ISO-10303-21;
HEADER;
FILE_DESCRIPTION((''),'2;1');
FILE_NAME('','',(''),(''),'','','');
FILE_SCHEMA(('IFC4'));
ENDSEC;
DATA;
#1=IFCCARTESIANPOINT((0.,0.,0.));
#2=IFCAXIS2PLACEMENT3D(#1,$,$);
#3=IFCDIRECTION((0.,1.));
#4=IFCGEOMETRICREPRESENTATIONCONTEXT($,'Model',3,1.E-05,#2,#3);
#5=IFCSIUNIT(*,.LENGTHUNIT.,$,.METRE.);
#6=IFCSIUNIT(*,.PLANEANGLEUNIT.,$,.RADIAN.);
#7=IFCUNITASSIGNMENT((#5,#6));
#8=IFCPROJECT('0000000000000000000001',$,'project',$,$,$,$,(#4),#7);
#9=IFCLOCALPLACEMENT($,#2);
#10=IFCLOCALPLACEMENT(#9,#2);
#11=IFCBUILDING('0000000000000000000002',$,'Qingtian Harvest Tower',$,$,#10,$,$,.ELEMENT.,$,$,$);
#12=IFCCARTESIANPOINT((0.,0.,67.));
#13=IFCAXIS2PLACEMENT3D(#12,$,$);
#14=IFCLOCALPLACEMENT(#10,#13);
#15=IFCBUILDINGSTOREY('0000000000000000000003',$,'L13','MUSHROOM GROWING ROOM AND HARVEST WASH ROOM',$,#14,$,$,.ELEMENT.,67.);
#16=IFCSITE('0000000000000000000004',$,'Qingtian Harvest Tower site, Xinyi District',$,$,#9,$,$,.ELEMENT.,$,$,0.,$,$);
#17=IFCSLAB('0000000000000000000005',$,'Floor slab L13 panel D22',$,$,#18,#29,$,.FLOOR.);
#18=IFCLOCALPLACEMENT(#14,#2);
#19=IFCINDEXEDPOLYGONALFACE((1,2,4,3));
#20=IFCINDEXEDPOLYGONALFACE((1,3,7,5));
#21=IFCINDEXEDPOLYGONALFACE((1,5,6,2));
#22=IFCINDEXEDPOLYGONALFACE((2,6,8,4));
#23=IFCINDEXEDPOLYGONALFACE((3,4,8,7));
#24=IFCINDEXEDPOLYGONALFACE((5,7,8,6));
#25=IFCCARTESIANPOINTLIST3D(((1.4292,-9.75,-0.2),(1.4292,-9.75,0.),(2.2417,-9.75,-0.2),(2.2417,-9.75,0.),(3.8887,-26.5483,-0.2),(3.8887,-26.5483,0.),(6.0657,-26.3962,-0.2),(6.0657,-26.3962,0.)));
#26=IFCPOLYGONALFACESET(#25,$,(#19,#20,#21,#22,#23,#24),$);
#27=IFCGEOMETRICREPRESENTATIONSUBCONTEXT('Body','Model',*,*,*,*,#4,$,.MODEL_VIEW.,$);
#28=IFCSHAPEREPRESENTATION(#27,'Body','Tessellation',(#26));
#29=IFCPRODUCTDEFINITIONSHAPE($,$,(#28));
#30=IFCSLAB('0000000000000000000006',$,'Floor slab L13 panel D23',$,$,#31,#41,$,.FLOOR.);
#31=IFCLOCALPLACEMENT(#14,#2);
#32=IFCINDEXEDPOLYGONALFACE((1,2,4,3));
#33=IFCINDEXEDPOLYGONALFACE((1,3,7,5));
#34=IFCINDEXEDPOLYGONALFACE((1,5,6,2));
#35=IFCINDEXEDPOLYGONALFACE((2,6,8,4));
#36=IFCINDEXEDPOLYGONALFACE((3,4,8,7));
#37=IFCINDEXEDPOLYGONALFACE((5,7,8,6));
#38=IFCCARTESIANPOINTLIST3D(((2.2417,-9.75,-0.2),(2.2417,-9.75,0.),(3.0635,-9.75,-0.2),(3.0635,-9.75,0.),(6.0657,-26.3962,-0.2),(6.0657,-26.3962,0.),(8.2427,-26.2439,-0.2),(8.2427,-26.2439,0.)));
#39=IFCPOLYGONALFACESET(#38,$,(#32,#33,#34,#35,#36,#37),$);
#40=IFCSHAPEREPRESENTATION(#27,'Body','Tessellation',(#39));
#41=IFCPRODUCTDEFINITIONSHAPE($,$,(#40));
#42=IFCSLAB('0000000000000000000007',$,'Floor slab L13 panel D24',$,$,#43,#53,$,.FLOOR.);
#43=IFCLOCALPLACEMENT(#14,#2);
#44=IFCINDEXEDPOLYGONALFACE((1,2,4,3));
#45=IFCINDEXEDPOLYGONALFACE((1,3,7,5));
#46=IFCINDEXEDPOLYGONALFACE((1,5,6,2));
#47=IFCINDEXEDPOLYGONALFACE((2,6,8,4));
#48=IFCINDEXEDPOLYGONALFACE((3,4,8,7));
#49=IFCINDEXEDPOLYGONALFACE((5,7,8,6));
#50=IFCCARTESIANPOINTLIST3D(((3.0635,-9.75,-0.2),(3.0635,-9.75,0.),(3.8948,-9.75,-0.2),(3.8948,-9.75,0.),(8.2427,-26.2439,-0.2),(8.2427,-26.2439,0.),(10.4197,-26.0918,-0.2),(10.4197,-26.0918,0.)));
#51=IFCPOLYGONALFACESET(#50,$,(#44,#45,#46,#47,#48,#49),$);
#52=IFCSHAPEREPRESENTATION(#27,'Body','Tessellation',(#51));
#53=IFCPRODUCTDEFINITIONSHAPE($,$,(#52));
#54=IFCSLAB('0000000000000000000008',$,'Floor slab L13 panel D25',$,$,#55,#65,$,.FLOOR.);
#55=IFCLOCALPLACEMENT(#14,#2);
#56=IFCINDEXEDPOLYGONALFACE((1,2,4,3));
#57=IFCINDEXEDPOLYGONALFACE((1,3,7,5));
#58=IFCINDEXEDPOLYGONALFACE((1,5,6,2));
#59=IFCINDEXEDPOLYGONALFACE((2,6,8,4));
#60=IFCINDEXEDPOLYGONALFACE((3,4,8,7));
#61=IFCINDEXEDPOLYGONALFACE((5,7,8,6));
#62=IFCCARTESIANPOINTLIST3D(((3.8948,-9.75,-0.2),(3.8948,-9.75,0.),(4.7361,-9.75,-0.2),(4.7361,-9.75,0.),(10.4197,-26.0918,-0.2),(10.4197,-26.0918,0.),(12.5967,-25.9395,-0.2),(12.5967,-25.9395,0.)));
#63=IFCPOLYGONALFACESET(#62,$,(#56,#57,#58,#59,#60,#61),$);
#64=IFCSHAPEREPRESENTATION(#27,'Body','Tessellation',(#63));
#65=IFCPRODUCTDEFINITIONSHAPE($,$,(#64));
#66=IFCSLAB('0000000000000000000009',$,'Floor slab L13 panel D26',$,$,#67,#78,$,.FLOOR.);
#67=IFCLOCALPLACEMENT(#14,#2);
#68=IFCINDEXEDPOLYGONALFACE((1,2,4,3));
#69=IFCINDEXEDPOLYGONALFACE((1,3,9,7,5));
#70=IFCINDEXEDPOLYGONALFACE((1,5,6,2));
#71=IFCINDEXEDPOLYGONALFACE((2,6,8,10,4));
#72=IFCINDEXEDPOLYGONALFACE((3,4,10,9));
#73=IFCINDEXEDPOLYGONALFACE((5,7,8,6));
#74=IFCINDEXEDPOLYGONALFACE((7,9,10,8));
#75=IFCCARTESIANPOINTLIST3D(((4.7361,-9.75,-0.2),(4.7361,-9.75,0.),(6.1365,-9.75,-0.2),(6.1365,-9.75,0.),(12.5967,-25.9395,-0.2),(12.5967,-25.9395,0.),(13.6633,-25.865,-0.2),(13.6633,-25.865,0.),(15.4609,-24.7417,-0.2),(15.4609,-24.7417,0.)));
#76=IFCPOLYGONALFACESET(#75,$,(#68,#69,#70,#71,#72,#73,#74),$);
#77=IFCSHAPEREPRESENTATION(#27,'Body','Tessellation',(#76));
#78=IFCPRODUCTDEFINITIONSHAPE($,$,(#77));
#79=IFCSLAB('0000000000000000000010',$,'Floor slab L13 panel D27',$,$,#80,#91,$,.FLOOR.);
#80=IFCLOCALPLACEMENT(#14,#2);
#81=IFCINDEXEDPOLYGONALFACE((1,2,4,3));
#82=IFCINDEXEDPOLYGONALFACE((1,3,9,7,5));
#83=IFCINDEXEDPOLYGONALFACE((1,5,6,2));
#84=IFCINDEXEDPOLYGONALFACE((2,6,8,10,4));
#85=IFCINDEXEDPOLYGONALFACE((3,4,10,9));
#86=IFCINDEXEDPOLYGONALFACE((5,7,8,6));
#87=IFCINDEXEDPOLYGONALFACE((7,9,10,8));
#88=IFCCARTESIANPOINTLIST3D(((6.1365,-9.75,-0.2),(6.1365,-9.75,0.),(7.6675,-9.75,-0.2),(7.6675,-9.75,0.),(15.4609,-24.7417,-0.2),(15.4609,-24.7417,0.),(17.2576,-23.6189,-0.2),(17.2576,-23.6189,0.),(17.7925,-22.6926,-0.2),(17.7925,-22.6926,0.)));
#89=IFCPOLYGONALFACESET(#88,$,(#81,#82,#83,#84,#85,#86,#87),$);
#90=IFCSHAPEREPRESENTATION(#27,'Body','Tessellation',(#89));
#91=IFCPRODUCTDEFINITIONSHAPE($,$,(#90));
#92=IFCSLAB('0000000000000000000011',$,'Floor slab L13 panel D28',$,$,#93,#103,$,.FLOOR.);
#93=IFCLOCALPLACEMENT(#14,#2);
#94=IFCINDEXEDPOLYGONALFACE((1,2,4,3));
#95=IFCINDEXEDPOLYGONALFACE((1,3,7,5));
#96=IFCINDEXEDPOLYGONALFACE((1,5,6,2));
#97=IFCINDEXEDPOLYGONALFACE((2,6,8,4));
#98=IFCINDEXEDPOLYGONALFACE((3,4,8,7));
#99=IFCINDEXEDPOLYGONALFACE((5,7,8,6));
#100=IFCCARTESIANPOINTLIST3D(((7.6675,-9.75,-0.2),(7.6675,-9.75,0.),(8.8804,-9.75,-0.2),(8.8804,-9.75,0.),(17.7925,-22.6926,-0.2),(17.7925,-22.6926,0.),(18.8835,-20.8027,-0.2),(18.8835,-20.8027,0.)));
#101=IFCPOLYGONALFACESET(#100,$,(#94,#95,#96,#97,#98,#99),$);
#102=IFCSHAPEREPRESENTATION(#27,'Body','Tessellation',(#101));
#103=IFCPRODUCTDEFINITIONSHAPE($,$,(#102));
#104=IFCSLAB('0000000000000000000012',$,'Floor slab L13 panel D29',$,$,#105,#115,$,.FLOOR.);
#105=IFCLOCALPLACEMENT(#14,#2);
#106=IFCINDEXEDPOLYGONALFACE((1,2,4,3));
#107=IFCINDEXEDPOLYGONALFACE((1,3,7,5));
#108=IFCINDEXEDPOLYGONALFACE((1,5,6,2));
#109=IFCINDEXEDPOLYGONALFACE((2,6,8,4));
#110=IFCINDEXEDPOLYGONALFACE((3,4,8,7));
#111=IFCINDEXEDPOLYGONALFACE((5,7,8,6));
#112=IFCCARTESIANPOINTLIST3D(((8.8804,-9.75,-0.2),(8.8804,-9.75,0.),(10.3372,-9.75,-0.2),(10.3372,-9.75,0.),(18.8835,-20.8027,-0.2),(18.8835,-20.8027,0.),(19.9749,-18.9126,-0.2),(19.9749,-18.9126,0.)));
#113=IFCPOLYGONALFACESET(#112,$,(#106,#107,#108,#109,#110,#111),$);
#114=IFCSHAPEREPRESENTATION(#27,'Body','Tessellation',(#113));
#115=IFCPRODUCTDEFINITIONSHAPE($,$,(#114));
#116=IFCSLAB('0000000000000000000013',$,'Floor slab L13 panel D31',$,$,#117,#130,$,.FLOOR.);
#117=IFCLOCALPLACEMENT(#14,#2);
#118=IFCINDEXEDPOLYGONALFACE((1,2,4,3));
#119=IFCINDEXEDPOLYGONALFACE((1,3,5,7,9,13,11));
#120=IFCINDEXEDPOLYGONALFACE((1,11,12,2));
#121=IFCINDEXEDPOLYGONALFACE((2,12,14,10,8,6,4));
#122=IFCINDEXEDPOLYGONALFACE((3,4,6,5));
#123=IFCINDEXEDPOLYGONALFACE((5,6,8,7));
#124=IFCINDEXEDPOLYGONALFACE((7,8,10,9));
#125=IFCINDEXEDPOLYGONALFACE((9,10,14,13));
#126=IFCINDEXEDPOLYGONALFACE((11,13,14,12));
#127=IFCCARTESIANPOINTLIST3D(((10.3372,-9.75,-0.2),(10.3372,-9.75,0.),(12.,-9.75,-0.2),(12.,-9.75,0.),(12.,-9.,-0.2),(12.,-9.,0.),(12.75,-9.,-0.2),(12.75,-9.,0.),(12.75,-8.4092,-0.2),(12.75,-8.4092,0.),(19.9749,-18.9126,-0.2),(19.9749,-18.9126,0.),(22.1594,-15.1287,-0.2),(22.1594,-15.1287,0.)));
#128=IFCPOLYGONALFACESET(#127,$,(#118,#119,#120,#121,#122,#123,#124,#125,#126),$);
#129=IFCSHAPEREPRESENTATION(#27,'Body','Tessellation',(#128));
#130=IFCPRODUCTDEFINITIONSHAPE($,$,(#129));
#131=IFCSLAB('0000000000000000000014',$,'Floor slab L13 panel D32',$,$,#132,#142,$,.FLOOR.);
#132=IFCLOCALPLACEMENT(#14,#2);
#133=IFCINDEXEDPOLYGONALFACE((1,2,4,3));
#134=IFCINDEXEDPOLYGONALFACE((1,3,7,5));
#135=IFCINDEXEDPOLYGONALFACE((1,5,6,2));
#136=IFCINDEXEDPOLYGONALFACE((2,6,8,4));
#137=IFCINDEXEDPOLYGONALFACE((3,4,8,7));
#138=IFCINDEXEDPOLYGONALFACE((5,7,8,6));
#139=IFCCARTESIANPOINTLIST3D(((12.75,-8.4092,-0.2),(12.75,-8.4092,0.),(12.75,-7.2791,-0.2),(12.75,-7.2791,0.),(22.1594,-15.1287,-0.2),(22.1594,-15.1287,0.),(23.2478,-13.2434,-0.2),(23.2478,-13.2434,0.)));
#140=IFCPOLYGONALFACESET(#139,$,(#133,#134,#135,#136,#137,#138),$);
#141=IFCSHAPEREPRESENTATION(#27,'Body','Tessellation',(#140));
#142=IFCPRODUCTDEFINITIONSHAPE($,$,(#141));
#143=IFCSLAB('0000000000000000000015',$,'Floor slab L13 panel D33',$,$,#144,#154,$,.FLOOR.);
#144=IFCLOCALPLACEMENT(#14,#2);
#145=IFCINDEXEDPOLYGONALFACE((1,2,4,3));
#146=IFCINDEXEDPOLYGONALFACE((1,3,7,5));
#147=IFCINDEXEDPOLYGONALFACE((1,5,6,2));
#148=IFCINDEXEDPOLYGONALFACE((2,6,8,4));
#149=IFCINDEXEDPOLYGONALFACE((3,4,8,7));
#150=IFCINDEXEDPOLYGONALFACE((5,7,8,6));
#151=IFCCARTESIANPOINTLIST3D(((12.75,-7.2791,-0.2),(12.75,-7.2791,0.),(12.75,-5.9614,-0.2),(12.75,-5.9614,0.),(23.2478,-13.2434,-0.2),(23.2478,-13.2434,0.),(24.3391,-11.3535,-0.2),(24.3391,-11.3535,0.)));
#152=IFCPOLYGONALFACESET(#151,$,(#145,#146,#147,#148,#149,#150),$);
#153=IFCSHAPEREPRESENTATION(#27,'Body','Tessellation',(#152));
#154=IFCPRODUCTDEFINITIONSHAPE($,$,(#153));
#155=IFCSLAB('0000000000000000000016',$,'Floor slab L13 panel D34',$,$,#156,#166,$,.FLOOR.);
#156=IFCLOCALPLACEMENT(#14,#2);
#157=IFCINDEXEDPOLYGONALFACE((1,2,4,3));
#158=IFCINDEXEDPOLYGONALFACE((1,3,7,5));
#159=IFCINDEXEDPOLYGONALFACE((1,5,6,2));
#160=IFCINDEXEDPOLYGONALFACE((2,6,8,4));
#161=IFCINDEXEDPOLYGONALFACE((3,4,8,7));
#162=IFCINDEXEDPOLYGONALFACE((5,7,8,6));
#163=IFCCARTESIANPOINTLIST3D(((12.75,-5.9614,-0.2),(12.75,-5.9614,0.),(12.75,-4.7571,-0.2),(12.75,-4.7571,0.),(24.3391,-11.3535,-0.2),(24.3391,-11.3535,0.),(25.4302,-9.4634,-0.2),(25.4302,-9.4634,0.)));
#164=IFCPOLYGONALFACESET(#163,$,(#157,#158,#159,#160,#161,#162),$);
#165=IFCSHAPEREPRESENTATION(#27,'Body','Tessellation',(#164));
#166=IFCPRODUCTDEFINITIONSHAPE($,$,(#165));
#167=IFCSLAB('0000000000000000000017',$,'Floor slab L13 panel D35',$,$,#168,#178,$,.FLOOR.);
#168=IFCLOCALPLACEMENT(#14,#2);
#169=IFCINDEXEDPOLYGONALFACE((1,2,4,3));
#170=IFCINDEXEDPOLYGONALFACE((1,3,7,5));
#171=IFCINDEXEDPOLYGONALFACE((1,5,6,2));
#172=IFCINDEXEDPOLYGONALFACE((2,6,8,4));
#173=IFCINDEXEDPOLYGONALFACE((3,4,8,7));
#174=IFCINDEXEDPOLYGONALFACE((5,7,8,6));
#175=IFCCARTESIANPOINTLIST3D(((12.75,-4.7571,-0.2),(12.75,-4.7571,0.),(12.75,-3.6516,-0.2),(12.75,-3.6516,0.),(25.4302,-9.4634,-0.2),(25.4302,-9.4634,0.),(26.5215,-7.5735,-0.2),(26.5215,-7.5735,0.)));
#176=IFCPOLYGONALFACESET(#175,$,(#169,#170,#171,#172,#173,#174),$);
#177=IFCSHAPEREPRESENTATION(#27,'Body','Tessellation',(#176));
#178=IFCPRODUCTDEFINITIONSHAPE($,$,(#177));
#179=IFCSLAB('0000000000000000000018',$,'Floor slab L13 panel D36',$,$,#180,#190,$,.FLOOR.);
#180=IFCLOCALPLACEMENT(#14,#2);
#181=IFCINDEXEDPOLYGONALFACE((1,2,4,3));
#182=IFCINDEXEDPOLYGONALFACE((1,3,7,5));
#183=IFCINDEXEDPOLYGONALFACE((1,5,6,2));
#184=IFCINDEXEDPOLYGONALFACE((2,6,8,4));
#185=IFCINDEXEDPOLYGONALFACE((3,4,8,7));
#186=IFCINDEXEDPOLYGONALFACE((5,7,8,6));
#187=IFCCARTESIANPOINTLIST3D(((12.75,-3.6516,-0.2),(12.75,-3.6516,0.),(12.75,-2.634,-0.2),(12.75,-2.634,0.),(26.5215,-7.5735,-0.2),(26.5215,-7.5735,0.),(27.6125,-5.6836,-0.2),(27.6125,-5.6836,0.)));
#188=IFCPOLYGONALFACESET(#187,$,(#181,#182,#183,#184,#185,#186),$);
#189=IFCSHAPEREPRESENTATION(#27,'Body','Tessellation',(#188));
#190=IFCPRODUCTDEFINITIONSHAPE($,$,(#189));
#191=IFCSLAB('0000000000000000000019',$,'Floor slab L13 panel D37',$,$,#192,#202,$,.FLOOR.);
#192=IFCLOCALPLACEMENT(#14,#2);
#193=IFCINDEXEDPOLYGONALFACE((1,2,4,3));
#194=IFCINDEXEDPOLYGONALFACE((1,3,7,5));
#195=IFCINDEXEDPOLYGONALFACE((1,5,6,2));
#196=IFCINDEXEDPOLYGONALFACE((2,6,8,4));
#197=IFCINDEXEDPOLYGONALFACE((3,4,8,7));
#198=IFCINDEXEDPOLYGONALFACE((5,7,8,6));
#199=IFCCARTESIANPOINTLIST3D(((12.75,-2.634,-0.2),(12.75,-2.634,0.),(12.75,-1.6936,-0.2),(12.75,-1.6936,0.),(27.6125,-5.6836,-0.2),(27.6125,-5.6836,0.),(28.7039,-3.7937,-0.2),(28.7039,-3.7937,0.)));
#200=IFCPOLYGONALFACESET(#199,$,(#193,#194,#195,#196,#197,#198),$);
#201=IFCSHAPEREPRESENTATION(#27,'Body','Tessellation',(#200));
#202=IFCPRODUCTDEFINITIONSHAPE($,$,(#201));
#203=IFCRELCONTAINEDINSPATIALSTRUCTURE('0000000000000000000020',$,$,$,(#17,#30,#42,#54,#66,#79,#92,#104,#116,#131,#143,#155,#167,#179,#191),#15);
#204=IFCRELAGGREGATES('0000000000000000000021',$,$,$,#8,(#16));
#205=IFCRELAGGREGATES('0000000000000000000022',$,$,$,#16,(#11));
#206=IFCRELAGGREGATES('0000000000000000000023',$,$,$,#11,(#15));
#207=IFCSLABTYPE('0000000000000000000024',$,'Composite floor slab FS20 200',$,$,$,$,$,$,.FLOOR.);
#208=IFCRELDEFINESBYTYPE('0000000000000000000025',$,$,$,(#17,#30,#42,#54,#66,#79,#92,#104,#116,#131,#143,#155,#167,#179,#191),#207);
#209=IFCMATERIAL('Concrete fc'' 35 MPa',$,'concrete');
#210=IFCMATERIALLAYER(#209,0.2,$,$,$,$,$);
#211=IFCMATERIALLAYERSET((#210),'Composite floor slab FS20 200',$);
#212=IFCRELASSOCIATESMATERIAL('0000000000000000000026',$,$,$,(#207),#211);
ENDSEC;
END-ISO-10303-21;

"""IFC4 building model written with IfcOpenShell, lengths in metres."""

from ifc_helpers import new_model, si_unit, direction, frame, origin, place, context, subcontext, project, spatial, polyline, outline, extrude, material, layer, layer_set, type_object, element, save


model = new_model("IFC4")

# Units and contexts
model_context = context("Model", 3, precision=1e-05, world=origin(), true_north=direction((0.0, 1.0)))
body_context = subcontext(model_context, "Body", "Model", "MODEL_VIEW")
ifc_project = project(units=[si_unit("LENGTHUNIT", "METRE"), si_unit("PLANEANGLEUNIT", "RADIAN")], contexts=[model_context])

# Site, building, storey
site_placement = place(None, origin())
site = spatial("IfcSite", under=ifc_project, at=site_placement, Name="Qingtian Harvest Tower site, Xinyi District", CompositionType="ELEMENT", RefElevation=0.0)
building_placement = place(site_placement, origin())
building = spatial("IfcBuilding", under=site, at=building_placement, Name="Qingtian Harvest Tower", CompositionType="ELEMENT")
storey_placement = place(building_placement, frame((0.0, 0.0, 67.0)))
storey = spatial("IfcBuildingStorey", under=building, at=storey_placement, Name="L13", Description="MUSHROOM GROWING ROOM AND HARVEST WASH ROOM", CompositionType="ELEMENT", Elevation=67.0)

# Slabs
ifc_material = material(Name="Concrete fc' 35 MPa", Category="concrete")
ifc_layer = layer(ifc_material, 0.2)
ifc_layer_set = layer_set([ifc_layer], Name="Composite floor slab FS20 200")
slab_type = type_object("IfcSlabType", Name="Composite floor slab FS20 200", PredefinedType="FLOOR", material=ifc_layer_set)
slab_1_placement = place(storey_placement, frame((0.0, 0.0, -0.2)))
element("IfcSlab", 1, at=slab_1_placement, inside=storey, type_object=slab_type, Name="Floor slab L13 panel D22", PredefinedType="FLOOR", context=body_context, shape_type="SweptSolid", body=[
    extrude(outline(polyline([(2.2417, -9.75), (6.0657, -26.3962), (3.8887, -26.5483), (1.4292, -9.75), (2.2417, -9.75)])), origin(), (0.0, 0.0, 1.0), 0.2),
])
slab_2_placement = place(storey_placement, frame((0.0, 0.0, -0.2)))
element("IfcSlab", 2, at=slab_2_placement, inside=storey, type_object=slab_type, Name="Floor slab L13 panel D23", PredefinedType="FLOOR", context=body_context, shape_type="SweptSolid", body=[
    extrude(outline(polyline([(3.0635, -9.75), (8.2427, -26.2439), (6.0657, -26.3962), (2.2417, -9.75), (3.0635, -9.75)])), origin(), (0.0, 0.0, 1.0), 0.2),
])
slab_3_placement = place(storey_placement, frame((0.0, 0.0, -0.2)))
element("IfcSlab", 3, at=slab_3_placement, inside=storey, type_object=slab_type, Name="Floor slab L13 panel D24", PredefinedType="FLOOR", context=body_context, shape_type="SweptSolid", body=[
    extrude(outline(polyline([(3.8948, -9.75), (10.4197, -26.0918), (8.2427, -26.2439), (3.0635, -9.75), (3.8948, -9.75)])), origin(), (0.0, 0.0, 1.0), 0.2),
])
slab_4_placement = place(storey_placement, frame((0.0, 0.0, -0.2)))
element("IfcSlab", 4, at=slab_4_placement, inside=storey, type_object=slab_type, Name="Floor slab L13 panel D25", PredefinedType="FLOOR", context=body_context, shape_type="SweptSolid", body=[
    extrude(outline(polyline([(4.7361, -9.75), (12.5967, -25.9395), (10.4197, -26.0918), (3.8948, -9.75), (4.7361, -9.75)])), origin(), (0.0, 0.0, 1.0), 0.2),
])
slab_5_placement = place(storey_placement, frame((0.0, 0.0, -0.2)))
element("IfcSlab", 5, at=slab_5_placement, inside=storey, type_object=slab_type, Name="Floor slab L13 panel D26", PredefinedType="FLOOR", context=body_context, shape_type="SweptSolid", body=[
    extrude(outline(polyline([(4.7361, -9.75), (6.1365, -9.75), (15.4609, -24.7417), (13.6633, -25.865), (12.5967, -25.9395), (4.7361, -9.75)])), origin(), (0.0, 0.0, 1.0), 0.2),
])
slab_6_placement = place(storey_placement, frame((0.0, 0.0, -0.2)))
element("IfcSlab", 6, at=slab_6_placement, inside=storey, type_object=slab_type, Name="Floor slab L13 panel D27", PredefinedType="FLOOR", context=body_context, shape_type="SweptSolid", body=[
    extrude(outline(polyline([(6.1365, -9.75), (7.6675, -9.75), (17.7925, -22.6926), (17.2576, -23.6189), (15.4609, -24.7417), (6.1365, -9.75)])), origin(), (0.0, 0.0, 1.0), 0.2),
])
slab_7_placement = place(storey_placement, frame((0.0, 0.0, -0.2)))
element("IfcSlab", 7, at=slab_7_placement, inside=storey, type_object=slab_type, Name="Floor slab L13 panel D28", PredefinedType="FLOOR", context=body_context, shape_type="SweptSolid", body=[
    extrude(outline(polyline([(8.8804, -9.75), (18.8835, -20.8027), (17.7925, -22.6926), (7.6675, -9.75), (8.8804, -9.75)])), origin(), (0.0, 0.0, 1.0), 0.2),
])
slab_8_placement = place(storey_placement, frame((0.0, 0.0, -0.2)))
element("IfcSlab", 8, at=slab_8_placement, inside=storey, type_object=slab_type, Name="Floor slab L13 panel D29", PredefinedType="FLOOR", context=body_context, shape_type="SweptSolid", body=[
    extrude(outline(polyline([(10.3372, -9.75), (19.9749, -18.9126), (18.8835, -20.8027), (8.8804, -9.75), (10.3372, -9.75)])), origin(), (0.0, 0.0, 1.0), 0.2),
])
slab_9_placement = place(storey_placement, frame((0.0, 0.0, -0.2)))
element("IfcSlab", 9, at=slab_9_placement, inside=storey, type_object=slab_type, Name="Floor slab L13 panel D31", PredefinedType="FLOOR", context=body_context, shape_type="SweptSolid", body=[
    extrude(outline(polyline([(12.75, -8.4092), (22.1594, -15.1287), (19.9749, -18.9126), (10.3372, -9.75), (12.0, -9.75), (12.0, -9.0), (12.75, -9.0), (12.75, -8.4092)])), origin(), (0.0, 0.0, 1.0), 0.2),
])
slab_10_placement = place(storey_placement, frame((0.0, 0.0, -0.2)))
element("IfcSlab", 10, at=slab_10_placement, inside=storey, type_object=slab_type, Name="Floor slab L13 panel D32", PredefinedType="FLOOR", context=body_context, shape_type="SweptSolid", body=[
    extrude(outline(polyline([(12.75, -7.2791), (23.2478, -13.2434), (22.1594, -15.1287), (12.75, -8.4092), (12.75, -7.2791)])), origin(), (0.0, 0.0, 1.0), 0.2),
])
slab_11_placement = place(storey_placement, frame((0.0, 0.0, -0.2)))
element("IfcSlab", 11, at=slab_11_placement, inside=storey, type_object=slab_type, Name="Floor slab L13 panel D33", PredefinedType="FLOOR", context=body_context, shape_type="SweptSolid", body=[
    extrude(outline(polyline([(12.75, -5.9614), (24.3391, -11.3535), (23.2478, -13.2434), (12.75, -7.2791), (12.75, -5.9614)])), origin(), (0.0, 0.0, 1.0), 0.2),
])
slab_12_placement = place(storey_placement, frame((0.0, 0.0, -0.2)))
element("IfcSlab", 12, at=slab_12_placement, inside=storey, type_object=slab_type, Name="Floor slab L13 panel D34", PredefinedType="FLOOR", context=body_context, shape_type="SweptSolid", body=[
    extrude(outline(polyline([(12.75, -4.7571), (25.4302, -9.4634), (24.3391, -11.3535), (12.75, -5.9614), (12.75, -4.7571)])), origin(), (0.0, 0.0, 1.0), 0.2),
])
slab_13_placement = place(storey_placement, frame((0.0, 0.0, -0.2)))
element("IfcSlab", 13, at=slab_13_placement, inside=storey, type_object=slab_type, Name="Floor slab L13 panel D35", PredefinedType="FLOOR", context=body_context, shape_type="SweptSolid", body=[
    extrude(outline(polyline([(12.75, -3.6516), (26.5215, -7.5735), (25.4302, -9.4634), (12.75, -4.7571), (12.75, -3.6516)])), origin(), (0.0, 0.0, 1.0), 0.2),
])
slab_14_placement = place(storey_placement, frame((0.0, 0.0, -0.2)))
element("IfcSlab", 14, at=slab_14_placement, inside=storey, type_object=slab_type, Name="Floor slab L13 panel D36", PredefinedType="FLOOR", context=body_context, shape_type="SweptSolid", body=[
    extrude(outline(polyline([(12.75, -2.634), (27.6125, -5.6836), (26.5215, -7.5735), (12.75, -3.6516), (12.75, -2.634)])), origin(), (0.0, 0.0, 1.0), 0.2),
])
slab_15_placement = place(storey_placement, frame((0.0, 0.0, -0.2)))
element("IfcSlab", 15, at=slab_15_placement, inside=storey, type_object=slab_type, Name="Floor slab L13 panel D37", PredefinedType="FLOOR", context=body_context, shape_type="SweptSolid", body=[
    extrude(outline(polyline([(12.75, -1.6936), (28.7039, -3.7937), (27.6125, -5.6836), (12.75, -2.634), (12.75, -1.6936)])), origin(), (0.0, 0.0, 1.0), 0.2),
])

save(model, "model.ifc")
